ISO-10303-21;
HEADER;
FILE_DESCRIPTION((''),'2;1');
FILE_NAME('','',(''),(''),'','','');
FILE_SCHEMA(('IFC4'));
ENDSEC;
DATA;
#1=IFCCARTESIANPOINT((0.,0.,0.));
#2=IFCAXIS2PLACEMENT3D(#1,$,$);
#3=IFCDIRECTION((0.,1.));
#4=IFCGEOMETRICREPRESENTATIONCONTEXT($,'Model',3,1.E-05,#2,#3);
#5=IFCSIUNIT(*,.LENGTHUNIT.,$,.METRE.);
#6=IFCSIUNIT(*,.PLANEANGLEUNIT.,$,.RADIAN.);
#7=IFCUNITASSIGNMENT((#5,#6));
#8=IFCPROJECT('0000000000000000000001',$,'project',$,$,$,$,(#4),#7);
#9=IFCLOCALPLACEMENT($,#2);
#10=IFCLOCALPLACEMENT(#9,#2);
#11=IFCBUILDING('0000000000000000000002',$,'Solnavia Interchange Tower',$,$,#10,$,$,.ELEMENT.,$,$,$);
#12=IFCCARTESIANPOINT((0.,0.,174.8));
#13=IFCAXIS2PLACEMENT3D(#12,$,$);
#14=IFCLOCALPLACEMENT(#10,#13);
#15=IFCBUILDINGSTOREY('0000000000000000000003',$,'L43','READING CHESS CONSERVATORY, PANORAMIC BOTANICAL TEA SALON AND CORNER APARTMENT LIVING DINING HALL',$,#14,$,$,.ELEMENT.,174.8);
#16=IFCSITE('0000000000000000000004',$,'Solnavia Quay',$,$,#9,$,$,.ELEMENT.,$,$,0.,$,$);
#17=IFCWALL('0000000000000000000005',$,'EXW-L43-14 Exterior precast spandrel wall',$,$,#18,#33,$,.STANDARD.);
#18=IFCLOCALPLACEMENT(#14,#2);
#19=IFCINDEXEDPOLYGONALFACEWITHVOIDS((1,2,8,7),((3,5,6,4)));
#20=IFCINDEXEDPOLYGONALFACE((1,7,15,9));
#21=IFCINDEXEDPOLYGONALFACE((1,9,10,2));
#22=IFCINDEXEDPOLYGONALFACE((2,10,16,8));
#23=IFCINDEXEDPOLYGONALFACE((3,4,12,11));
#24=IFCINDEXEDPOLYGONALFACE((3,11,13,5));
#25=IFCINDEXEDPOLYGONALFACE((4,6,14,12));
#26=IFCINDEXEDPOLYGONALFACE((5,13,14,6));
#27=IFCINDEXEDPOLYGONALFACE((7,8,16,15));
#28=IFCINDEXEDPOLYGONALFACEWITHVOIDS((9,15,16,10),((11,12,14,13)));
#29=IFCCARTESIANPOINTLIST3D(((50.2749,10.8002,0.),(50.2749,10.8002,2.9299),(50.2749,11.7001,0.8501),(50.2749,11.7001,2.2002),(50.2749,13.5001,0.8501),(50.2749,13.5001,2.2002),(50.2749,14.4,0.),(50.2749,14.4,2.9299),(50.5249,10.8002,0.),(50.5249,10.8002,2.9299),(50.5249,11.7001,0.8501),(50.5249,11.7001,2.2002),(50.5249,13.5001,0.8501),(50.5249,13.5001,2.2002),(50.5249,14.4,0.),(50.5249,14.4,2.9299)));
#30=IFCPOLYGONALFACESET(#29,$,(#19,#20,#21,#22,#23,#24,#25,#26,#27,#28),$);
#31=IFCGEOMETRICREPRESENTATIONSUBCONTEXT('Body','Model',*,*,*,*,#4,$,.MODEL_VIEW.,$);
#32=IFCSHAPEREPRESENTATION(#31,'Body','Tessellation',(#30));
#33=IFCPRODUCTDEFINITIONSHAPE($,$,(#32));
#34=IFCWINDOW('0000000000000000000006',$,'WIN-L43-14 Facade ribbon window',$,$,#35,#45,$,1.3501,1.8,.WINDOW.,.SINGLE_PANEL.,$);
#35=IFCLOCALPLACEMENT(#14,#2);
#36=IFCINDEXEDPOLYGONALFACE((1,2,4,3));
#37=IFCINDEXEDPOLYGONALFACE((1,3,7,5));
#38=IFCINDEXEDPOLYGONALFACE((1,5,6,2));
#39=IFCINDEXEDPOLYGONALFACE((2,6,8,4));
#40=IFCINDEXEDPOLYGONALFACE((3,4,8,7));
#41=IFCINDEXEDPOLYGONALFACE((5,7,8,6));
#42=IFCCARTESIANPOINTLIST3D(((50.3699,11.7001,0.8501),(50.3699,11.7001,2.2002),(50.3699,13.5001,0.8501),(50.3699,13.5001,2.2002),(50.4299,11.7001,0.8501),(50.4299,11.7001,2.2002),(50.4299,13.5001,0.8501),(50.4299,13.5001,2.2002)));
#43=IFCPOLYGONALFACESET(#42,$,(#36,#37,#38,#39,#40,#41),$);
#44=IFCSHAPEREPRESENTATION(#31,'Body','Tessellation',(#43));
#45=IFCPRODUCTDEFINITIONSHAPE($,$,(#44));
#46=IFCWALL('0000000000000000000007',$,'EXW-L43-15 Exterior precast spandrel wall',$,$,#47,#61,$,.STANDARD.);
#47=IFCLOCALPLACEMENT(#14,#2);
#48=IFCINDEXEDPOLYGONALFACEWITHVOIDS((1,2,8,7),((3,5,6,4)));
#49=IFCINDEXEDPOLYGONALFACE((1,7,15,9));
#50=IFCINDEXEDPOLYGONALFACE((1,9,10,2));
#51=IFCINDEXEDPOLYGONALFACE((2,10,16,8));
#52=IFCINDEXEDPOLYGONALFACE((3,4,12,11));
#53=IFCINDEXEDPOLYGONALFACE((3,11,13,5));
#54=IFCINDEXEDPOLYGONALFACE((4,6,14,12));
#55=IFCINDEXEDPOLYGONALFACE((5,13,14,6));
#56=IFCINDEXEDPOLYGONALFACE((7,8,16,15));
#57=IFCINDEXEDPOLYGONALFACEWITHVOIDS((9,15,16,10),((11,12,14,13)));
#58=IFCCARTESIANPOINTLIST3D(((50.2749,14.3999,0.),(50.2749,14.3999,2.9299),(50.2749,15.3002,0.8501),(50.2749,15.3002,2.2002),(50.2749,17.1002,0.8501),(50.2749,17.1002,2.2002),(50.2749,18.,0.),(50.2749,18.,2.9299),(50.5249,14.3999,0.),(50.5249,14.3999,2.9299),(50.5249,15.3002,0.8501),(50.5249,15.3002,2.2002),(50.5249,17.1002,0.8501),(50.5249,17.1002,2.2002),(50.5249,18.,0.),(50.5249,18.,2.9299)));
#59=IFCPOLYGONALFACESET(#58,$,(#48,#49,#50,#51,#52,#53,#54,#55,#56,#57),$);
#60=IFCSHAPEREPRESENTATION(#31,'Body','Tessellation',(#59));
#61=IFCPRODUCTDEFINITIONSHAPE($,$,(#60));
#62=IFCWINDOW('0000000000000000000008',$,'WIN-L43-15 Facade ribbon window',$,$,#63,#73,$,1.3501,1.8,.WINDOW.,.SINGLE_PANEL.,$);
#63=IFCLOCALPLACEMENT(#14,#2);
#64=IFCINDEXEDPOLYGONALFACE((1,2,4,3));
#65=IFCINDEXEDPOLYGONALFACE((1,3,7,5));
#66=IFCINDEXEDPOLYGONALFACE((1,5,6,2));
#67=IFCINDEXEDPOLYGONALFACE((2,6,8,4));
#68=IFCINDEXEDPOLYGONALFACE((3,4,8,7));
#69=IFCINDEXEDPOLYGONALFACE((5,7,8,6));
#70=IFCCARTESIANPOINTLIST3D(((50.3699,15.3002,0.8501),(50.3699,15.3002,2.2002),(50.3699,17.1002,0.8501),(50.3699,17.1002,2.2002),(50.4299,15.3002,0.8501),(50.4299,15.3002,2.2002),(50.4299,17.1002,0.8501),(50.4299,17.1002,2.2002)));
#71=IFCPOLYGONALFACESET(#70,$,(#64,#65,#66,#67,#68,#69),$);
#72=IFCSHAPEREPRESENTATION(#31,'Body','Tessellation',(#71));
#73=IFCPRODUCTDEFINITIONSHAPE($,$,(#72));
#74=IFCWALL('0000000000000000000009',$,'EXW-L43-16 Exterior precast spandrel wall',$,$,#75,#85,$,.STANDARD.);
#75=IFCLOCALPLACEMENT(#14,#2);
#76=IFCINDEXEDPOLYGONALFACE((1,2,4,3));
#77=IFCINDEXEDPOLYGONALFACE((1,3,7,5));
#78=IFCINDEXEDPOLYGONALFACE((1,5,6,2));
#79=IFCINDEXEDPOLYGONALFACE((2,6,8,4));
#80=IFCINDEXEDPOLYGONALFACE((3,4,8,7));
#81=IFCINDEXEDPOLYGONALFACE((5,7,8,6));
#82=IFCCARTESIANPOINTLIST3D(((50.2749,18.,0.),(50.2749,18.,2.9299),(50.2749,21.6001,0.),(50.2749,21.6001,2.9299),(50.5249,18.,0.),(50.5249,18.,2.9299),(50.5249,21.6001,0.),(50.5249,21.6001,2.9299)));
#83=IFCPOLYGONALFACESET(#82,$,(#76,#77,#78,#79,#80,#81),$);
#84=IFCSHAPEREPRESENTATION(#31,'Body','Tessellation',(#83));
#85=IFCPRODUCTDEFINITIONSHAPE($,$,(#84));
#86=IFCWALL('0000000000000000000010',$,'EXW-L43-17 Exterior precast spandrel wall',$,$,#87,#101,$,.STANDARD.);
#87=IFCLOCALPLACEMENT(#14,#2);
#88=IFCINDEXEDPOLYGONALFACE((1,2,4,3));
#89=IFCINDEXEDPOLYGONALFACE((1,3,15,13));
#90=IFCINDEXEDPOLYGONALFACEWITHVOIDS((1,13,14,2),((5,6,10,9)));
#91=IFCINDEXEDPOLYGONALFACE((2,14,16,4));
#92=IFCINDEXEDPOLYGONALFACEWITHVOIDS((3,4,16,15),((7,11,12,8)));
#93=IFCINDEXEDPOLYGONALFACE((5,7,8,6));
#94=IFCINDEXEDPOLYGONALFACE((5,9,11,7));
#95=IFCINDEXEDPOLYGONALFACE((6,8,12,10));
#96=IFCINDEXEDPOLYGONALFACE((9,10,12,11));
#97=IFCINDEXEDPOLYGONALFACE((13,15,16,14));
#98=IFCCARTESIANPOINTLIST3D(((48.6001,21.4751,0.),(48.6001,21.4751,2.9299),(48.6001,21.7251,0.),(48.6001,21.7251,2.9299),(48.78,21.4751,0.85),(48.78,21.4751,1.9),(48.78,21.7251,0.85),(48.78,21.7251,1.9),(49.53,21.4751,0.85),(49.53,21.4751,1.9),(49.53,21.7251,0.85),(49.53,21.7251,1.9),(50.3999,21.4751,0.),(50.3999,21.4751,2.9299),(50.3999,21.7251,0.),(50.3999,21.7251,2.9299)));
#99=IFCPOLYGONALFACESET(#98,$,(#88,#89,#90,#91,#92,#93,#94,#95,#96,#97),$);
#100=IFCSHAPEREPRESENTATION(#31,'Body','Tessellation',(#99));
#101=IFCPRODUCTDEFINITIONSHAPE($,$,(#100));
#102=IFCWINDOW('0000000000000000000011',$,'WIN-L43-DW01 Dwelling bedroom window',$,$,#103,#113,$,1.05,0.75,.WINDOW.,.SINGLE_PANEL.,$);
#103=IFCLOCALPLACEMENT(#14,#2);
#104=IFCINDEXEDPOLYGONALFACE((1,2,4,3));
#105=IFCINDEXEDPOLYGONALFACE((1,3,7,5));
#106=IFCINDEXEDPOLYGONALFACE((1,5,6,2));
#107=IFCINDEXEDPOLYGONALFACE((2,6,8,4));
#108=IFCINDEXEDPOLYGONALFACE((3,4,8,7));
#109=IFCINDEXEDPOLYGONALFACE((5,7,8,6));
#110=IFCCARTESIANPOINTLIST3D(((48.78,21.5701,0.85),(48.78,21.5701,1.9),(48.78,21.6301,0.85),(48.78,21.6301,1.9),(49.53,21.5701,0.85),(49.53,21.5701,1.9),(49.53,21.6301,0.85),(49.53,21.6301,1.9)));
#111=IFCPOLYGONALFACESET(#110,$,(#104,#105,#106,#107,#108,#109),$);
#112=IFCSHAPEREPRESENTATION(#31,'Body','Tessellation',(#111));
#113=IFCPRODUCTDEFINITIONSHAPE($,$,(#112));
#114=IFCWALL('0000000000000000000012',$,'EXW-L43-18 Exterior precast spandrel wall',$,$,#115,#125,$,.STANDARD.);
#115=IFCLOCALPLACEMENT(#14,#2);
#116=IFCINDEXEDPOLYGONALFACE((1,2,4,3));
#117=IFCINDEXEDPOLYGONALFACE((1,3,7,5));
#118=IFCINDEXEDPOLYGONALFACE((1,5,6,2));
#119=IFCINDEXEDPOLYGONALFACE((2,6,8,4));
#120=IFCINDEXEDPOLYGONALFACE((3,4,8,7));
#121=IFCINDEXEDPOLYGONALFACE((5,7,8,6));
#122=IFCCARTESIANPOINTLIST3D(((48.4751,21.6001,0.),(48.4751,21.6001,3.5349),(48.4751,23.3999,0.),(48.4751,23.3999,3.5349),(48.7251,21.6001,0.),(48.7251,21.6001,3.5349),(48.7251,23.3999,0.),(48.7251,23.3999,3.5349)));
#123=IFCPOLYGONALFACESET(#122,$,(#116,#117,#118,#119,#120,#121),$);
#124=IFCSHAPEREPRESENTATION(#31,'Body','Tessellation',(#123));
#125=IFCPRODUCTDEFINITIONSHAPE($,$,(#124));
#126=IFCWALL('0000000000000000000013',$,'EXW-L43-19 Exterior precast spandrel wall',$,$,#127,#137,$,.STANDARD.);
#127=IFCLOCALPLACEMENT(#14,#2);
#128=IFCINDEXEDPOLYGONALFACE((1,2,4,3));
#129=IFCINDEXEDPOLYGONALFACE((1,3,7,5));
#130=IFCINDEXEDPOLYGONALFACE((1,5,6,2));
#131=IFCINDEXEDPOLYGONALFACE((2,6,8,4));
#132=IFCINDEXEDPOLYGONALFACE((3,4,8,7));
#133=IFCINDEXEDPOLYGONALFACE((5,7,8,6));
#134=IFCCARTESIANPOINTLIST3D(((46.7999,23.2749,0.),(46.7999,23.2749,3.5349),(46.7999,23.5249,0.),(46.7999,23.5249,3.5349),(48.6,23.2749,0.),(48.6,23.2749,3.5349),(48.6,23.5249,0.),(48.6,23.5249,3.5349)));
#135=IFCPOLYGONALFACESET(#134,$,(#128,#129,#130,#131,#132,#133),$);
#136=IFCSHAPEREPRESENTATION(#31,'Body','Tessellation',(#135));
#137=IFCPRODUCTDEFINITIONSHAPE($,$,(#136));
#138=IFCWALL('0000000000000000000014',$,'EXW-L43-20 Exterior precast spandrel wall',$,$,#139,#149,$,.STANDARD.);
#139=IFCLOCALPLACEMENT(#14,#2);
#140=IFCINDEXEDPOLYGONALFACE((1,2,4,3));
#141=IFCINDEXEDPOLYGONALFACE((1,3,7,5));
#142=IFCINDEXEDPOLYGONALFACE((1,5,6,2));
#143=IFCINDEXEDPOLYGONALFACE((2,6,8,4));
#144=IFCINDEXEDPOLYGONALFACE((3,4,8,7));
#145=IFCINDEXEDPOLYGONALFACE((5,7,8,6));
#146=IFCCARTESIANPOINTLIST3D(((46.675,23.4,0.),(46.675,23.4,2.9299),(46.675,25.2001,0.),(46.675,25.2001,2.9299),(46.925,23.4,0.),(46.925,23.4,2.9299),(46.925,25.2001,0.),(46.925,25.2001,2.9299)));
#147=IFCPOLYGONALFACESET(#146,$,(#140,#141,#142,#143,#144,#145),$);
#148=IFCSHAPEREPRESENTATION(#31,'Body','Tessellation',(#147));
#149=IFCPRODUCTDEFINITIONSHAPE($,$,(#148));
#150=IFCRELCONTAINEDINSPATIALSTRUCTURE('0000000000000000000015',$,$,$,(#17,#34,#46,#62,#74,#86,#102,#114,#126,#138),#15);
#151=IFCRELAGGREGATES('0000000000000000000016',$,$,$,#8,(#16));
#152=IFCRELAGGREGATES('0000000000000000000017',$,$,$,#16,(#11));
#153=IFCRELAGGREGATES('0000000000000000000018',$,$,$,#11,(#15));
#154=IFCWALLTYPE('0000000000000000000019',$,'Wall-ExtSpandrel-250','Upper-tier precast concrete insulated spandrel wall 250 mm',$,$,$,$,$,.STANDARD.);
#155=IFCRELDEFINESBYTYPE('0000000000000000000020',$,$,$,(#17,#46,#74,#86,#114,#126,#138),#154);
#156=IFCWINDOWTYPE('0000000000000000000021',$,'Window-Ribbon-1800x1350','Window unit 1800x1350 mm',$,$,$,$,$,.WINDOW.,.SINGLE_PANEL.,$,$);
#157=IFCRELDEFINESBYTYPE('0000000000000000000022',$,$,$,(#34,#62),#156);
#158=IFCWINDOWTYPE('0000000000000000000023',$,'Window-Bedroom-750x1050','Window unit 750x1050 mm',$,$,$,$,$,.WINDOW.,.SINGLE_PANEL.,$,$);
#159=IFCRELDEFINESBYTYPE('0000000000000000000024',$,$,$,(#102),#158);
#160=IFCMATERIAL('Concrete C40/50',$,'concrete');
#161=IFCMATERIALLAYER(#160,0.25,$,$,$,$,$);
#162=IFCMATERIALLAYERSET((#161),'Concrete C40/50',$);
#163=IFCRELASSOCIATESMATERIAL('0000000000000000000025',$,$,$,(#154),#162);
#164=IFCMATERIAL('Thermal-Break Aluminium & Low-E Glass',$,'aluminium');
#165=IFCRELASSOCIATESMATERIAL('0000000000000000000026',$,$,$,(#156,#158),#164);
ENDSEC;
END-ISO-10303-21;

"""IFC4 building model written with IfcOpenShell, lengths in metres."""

from ifc_helpers import new_model, si_unit, direction, frame, frame_2d, origin, place, context, subcontext, project, spatial, rectangle, extrude, material, layer, layer_set, type_object, element, fill, save


model = new_model("IFC4")

# Units and contexts
model_context = context("Model", 3, precision=1e-05, world=origin(), true_north=direction((0.0, 1.0)))
body_context = subcontext(model_context, "Body", "Model", "MODEL_VIEW")
ifc_project = project(units=[si_unit("LENGTHUNIT", "METRE"), si_unit("PLANEANGLEUNIT", "RADIAN")], contexts=[model_context])

# Site, building, storey
site_placement = place(None, origin())
site = spatial("IfcSite", under=ifc_project, at=site_placement, Name="Solnavia Quay", CompositionType="ELEMENT", RefElevation=0.0)
building_placement = place(site_placement, origin())
building = spatial("IfcBuilding", under=site, at=building_placement, Name="Solnavia Interchange Tower", CompositionType="ELEMENT")
storey_placement = place(building_placement, frame((0.0, 0.0, 174.8)))
storey = spatial("IfcBuildingStorey", under=building, at=storey_placement, Name="L43", Description="READING CHESS CONSERVATORY, PANORAMIC BOTANICAL TEA SALON AND CORNER APARTMENT LIVING DINING HALL", CompositionType="ELEMENT", Elevation=174.8)

# Walls, openings, windows
ifc_material_1 = material(Name="Concrete C40/50", Category="concrete")
ifc_layer_1 = layer(ifc_material_1, 0.25)
ifc_layer_set_1 = layer_set([ifc_layer_1], Name="Concrete C40/50")
wall_type_1 = type_object("IfcWallType", Name="Wall-ExtSpandrel-250", Description="Upper-tier precast concrete insulated spandrel wall 250 mm", PredefinedType="STANDARD", material=ifc_layer_set_1)
wall_1_placement = place(storey_placement, frame((50.3999, 14.3999, 0.0), z_axis=(0.0, 0.0, 1.0), x_axis=(0.0, -1.0, 0.0)))
wall_1 = element("IfcWall", 1, at=wall_1_placement, inside=storey, type_object=wall_type_1, Name="EXW-L43-14 Exterior precast spandrel wall", PredefinedType="STANDARD", context=body_context, shape_type="SweptSolid", body=[
    extrude(rectangle(XDim=3.5999, YDim=0.25, at=frame_2d((1.7998, 0.0))), origin(), (0.0, 0.0, 1.0), 2.9299),
])
opening_1_placement = place(wall_1_placement, frame((0.8999, 0.0, 0.8501)))
opening_1 = element("IfcOpeningElement", 2, at=opening_1_placement, cuts=wall_1, PredefinedType="OPENING", context=body_context, shape_type="SweptSolid", body=[
    extrude(rectangle(XDim=1.8, YDim=1.3501, at=frame_2d((0.8999, 0.675))), frame((0.0, 0.135, 0.0), z_axis=(0.0, -1.0, 0.0), x_axis=(1.0, 0.0, 0.0)), (0.0, 0.0, 1.0), 0.27),
])
ifc_material_2 = material(Name="Thermal-Break Aluminium & Low-E Glass", Category="aluminium")
window_type_1 = type_object("IfcWindowType", Name="Window-Ribbon-1800x1350", Description="Window unit 1800x1350 mm", PartitioningType="SINGLE_PANEL", PredefinedType="WINDOW", material=ifc_material_2)
window_1_placement = place(opening_1_placement, origin())
window_1 = element("IfcWindow", 3, at=window_1_placement, inside=storey, type_object=window_type_1, Name="WIN-L43-14 Facade ribbon window", OverallHeight=1.3501, OverallWidth=1.8, PartitioningType="SINGLE_PANEL", PredefinedType="WINDOW", context=body_context, shape_type="SweptSolid", body=[
    extrude(rectangle(XDim=1.8, YDim=1.3501, at=frame_2d((0.8999, 0.675))), frame((0.0, 0.03, 0.0), z_axis=(0.0, -1.0, 0.0), x_axis=(1.0, 0.0, 0.0)), (0.0, 0.0, 1.0), 0.0601),
])
fill(opening_1, window_1)
wall_2_placement = place(storey_placement, frame((50.3999, 18.0, 0.0), z_axis=(0.0, 0.0, 1.0), x_axis=(0.0, -1.0, 0.0)))
wall_2 = element("IfcWall", 4, at=wall_2_placement, inside=storey, type_object=wall_type_1, Name="EXW-L43-15 Exterior precast spandrel wall", PredefinedType="STANDARD", context=body_context, shape_type="SweptSolid", body=[
    extrude(rectangle(XDim=3.6001, YDim=0.25, at=frame_2d((1.8, 0.0))), origin(), (0.0, 0.0, 1.0), 2.9299),
])
opening_2_placement = place(wall_2_placement, frame((0.8999, 0.0, 0.8501)))
opening_2 = element("IfcOpeningElement", 5, at=opening_2_placement, cuts=wall_2, PredefinedType="OPENING", context=body_context, shape_type="SweptSolid", body=[
    extrude(rectangle(XDim=1.8, YDim=1.3501, at=frame_2d((0.8999, 0.675))), frame((0.0, 0.135, 0.0), z_axis=(0.0, -1.0, 0.0), x_axis=(1.0, 0.0, 0.0)), (0.0, 0.0, 1.0), 0.27),
])
window_2_placement = place(opening_2_placement, origin())
window_2 = element("IfcWindow", 6, at=window_2_placement, inside=storey, type_object=window_type_1, Name="WIN-L43-15 Facade ribbon window", OverallHeight=1.3501, OverallWidth=1.8, PartitioningType="SINGLE_PANEL", PredefinedType="WINDOW", context=body_context, shape_type="SweptSolid", body=[
    extrude(rectangle(XDim=1.8, YDim=1.3501, at=frame_2d((0.8999, 0.675))), frame((0.0, 0.03, 0.0), z_axis=(0.0, -1.0, 0.0), x_axis=(1.0, 0.0, 0.0)), (0.0, 0.0, 1.0), 0.0601),
])
fill(opening_2, window_2)

# Wall
wall_3_placement = place(storey_placement, frame((50.3999, 21.6001, 0.0), z_axis=(0.0, 0.0, 1.0), x_axis=(0.0, -1.0, 0.0)))
element("IfcWall", 7, at=wall_3_placement, inside=storey, type_object=wall_type_1, Name="EXW-L43-16 Exterior precast spandrel wall", PredefinedType="STANDARD", context=body_context, shape_type="SweptSolid", body=[
    extrude(rectangle(XDim=3.6001, YDim=0.25, at=frame_2d((1.8, 0.0))), origin(), (0.0, 0.0, 1.0), 2.9299),
])

# Wall, opening, window
wall_4_placement = place(storey_placement, frame((48.6001, 21.6001, 0.0), z_axis=(0.0, 0.0, 1.0), x_axis=(1.0, 0.0, 0.0)))
wall_4 = element("IfcWall", 8, at=wall_4_placement, inside=storey, type_object=wall_type_1, Name="EXW-L43-17 Exterior precast spandrel wall", PredefinedType="STANDARD", context=body_context, shape_type="SweptSolid", body=[
    extrude(rectangle(XDim=1.7998, YDim=0.25, at=frame_2d((0.8999, 0.0))), origin(), (0.0, 0.0, 1.0), 2.9299),
])
opening_3_placement = place(wall_4_placement, frame((0.1799, 0.0, 0.8501)))
opening_3 = element("IfcOpeningElement", 9, at=opening_3_placement, cuts=wall_4, PredefinedType="OPENING", context=body_context, shape_type="SweptSolid", body=[
    extrude(rectangle(XDim=0.75, YDim=1.05, at=frame_2d((0.375, 0.5249))), frame((0.0, 0.135, 0.0), z_axis=(0.0, -1.0, 0.0), x_axis=(1.0, 0.0, 0.0)), (0.0, 0.0, 1.0), 0.27),
])
window_type_2 = type_object("IfcWindowType", Name="Window-Bedroom-750x1050", Description="Window unit 750x1050 mm", PartitioningType="SINGLE_PANEL", PredefinedType="WINDOW", material=ifc_material_2)
window_3_placement = place(opening_3_placement, origin())
window_3 = element("IfcWindow", 10, at=window_3_placement, inside=storey, type_object=window_type_2, Name="WIN-L43-DW01 Dwelling bedroom window", OverallHeight=1.05, OverallWidth=0.75, PartitioningType="SINGLE_PANEL", PredefinedType="WINDOW", context=body_context, shape_type="SweptSolid", body=[
    extrude(rectangle(XDim=0.75, YDim=1.05, at=frame_2d((0.375, 0.5249))), frame((0.0, 0.03, 0.0), z_axis=(0.0, -1.0, 0.0), x_axis=(1.0, 0.0, 0.0)), (0.0, 0.0, 1.0), 0.0601),
])
fill(opening_3, window_3)

# Walls
wall_5_placement = place(storey_placement, frame((48.6001, 23.3999, 0.0), z_axis=(0.0, 0.0, 1.0), x_axis=(0.0, -1.0, 0.0)))
element("IfcWall", 11, at=wall_5_placement, inside=storey, type_object=wall_type_1, Name="EXW-L43-18 Exterior precast spandrel wall", PredefinedType="STANDARD", context=body_context, shape_type="SweptSolid", body=[
    extrude(rectangle(XDim=1.7998, YDim=0.25, at=frame_2d((0.8999, 0.0))), origin(), (0.0, 0.0, 1.0), 3.5349),
])
wall_6_placement = place(storey_placement, frame((46.8, 23.3999, 0.0), z_axis=(0.0, 0.0, 1.0), x_axis=(1.0, 0.0, 0.0)))
element("IfcWall", 12, at=wall_6_placement, inside=storey, type_object=wall_type_1, Name="EXW-L43-19 Exterior precast spandrel wall", PredefinedType="STANDARD", context=body_context, shape_type="SweptSolid", body=[
    extrude(rectangle(XDim=1.8, YDim=0.25, at=frame_2d((0.8999, 0.0))), origin(), (0.0, 0.0, 1.0), 3.5349),
])
wall_7_placement = place(storey_placement, frame((46.8, 25.2, 0.0), z_axis=(0.0, 0.0, 1.0), x_axis=(0.0, -1.0, 0.0)))
element("IfcWall", 13, at=wall_7_placement, inside=storey, type_object=wall_type_1, Name="EXW-L43-20 Exterior precast spandrel wall", PredefinedType="STANDARD", context=body_context, shape_type="SweptSolid", body=[
    extrude(rectangle(XDim=1.8, YDim=0.25, at=frame_2d((0.8999, 0.0))), origin(), (0.0, 0.0, 1.0), 2.9299),
])

save(model, "model.ifc")
